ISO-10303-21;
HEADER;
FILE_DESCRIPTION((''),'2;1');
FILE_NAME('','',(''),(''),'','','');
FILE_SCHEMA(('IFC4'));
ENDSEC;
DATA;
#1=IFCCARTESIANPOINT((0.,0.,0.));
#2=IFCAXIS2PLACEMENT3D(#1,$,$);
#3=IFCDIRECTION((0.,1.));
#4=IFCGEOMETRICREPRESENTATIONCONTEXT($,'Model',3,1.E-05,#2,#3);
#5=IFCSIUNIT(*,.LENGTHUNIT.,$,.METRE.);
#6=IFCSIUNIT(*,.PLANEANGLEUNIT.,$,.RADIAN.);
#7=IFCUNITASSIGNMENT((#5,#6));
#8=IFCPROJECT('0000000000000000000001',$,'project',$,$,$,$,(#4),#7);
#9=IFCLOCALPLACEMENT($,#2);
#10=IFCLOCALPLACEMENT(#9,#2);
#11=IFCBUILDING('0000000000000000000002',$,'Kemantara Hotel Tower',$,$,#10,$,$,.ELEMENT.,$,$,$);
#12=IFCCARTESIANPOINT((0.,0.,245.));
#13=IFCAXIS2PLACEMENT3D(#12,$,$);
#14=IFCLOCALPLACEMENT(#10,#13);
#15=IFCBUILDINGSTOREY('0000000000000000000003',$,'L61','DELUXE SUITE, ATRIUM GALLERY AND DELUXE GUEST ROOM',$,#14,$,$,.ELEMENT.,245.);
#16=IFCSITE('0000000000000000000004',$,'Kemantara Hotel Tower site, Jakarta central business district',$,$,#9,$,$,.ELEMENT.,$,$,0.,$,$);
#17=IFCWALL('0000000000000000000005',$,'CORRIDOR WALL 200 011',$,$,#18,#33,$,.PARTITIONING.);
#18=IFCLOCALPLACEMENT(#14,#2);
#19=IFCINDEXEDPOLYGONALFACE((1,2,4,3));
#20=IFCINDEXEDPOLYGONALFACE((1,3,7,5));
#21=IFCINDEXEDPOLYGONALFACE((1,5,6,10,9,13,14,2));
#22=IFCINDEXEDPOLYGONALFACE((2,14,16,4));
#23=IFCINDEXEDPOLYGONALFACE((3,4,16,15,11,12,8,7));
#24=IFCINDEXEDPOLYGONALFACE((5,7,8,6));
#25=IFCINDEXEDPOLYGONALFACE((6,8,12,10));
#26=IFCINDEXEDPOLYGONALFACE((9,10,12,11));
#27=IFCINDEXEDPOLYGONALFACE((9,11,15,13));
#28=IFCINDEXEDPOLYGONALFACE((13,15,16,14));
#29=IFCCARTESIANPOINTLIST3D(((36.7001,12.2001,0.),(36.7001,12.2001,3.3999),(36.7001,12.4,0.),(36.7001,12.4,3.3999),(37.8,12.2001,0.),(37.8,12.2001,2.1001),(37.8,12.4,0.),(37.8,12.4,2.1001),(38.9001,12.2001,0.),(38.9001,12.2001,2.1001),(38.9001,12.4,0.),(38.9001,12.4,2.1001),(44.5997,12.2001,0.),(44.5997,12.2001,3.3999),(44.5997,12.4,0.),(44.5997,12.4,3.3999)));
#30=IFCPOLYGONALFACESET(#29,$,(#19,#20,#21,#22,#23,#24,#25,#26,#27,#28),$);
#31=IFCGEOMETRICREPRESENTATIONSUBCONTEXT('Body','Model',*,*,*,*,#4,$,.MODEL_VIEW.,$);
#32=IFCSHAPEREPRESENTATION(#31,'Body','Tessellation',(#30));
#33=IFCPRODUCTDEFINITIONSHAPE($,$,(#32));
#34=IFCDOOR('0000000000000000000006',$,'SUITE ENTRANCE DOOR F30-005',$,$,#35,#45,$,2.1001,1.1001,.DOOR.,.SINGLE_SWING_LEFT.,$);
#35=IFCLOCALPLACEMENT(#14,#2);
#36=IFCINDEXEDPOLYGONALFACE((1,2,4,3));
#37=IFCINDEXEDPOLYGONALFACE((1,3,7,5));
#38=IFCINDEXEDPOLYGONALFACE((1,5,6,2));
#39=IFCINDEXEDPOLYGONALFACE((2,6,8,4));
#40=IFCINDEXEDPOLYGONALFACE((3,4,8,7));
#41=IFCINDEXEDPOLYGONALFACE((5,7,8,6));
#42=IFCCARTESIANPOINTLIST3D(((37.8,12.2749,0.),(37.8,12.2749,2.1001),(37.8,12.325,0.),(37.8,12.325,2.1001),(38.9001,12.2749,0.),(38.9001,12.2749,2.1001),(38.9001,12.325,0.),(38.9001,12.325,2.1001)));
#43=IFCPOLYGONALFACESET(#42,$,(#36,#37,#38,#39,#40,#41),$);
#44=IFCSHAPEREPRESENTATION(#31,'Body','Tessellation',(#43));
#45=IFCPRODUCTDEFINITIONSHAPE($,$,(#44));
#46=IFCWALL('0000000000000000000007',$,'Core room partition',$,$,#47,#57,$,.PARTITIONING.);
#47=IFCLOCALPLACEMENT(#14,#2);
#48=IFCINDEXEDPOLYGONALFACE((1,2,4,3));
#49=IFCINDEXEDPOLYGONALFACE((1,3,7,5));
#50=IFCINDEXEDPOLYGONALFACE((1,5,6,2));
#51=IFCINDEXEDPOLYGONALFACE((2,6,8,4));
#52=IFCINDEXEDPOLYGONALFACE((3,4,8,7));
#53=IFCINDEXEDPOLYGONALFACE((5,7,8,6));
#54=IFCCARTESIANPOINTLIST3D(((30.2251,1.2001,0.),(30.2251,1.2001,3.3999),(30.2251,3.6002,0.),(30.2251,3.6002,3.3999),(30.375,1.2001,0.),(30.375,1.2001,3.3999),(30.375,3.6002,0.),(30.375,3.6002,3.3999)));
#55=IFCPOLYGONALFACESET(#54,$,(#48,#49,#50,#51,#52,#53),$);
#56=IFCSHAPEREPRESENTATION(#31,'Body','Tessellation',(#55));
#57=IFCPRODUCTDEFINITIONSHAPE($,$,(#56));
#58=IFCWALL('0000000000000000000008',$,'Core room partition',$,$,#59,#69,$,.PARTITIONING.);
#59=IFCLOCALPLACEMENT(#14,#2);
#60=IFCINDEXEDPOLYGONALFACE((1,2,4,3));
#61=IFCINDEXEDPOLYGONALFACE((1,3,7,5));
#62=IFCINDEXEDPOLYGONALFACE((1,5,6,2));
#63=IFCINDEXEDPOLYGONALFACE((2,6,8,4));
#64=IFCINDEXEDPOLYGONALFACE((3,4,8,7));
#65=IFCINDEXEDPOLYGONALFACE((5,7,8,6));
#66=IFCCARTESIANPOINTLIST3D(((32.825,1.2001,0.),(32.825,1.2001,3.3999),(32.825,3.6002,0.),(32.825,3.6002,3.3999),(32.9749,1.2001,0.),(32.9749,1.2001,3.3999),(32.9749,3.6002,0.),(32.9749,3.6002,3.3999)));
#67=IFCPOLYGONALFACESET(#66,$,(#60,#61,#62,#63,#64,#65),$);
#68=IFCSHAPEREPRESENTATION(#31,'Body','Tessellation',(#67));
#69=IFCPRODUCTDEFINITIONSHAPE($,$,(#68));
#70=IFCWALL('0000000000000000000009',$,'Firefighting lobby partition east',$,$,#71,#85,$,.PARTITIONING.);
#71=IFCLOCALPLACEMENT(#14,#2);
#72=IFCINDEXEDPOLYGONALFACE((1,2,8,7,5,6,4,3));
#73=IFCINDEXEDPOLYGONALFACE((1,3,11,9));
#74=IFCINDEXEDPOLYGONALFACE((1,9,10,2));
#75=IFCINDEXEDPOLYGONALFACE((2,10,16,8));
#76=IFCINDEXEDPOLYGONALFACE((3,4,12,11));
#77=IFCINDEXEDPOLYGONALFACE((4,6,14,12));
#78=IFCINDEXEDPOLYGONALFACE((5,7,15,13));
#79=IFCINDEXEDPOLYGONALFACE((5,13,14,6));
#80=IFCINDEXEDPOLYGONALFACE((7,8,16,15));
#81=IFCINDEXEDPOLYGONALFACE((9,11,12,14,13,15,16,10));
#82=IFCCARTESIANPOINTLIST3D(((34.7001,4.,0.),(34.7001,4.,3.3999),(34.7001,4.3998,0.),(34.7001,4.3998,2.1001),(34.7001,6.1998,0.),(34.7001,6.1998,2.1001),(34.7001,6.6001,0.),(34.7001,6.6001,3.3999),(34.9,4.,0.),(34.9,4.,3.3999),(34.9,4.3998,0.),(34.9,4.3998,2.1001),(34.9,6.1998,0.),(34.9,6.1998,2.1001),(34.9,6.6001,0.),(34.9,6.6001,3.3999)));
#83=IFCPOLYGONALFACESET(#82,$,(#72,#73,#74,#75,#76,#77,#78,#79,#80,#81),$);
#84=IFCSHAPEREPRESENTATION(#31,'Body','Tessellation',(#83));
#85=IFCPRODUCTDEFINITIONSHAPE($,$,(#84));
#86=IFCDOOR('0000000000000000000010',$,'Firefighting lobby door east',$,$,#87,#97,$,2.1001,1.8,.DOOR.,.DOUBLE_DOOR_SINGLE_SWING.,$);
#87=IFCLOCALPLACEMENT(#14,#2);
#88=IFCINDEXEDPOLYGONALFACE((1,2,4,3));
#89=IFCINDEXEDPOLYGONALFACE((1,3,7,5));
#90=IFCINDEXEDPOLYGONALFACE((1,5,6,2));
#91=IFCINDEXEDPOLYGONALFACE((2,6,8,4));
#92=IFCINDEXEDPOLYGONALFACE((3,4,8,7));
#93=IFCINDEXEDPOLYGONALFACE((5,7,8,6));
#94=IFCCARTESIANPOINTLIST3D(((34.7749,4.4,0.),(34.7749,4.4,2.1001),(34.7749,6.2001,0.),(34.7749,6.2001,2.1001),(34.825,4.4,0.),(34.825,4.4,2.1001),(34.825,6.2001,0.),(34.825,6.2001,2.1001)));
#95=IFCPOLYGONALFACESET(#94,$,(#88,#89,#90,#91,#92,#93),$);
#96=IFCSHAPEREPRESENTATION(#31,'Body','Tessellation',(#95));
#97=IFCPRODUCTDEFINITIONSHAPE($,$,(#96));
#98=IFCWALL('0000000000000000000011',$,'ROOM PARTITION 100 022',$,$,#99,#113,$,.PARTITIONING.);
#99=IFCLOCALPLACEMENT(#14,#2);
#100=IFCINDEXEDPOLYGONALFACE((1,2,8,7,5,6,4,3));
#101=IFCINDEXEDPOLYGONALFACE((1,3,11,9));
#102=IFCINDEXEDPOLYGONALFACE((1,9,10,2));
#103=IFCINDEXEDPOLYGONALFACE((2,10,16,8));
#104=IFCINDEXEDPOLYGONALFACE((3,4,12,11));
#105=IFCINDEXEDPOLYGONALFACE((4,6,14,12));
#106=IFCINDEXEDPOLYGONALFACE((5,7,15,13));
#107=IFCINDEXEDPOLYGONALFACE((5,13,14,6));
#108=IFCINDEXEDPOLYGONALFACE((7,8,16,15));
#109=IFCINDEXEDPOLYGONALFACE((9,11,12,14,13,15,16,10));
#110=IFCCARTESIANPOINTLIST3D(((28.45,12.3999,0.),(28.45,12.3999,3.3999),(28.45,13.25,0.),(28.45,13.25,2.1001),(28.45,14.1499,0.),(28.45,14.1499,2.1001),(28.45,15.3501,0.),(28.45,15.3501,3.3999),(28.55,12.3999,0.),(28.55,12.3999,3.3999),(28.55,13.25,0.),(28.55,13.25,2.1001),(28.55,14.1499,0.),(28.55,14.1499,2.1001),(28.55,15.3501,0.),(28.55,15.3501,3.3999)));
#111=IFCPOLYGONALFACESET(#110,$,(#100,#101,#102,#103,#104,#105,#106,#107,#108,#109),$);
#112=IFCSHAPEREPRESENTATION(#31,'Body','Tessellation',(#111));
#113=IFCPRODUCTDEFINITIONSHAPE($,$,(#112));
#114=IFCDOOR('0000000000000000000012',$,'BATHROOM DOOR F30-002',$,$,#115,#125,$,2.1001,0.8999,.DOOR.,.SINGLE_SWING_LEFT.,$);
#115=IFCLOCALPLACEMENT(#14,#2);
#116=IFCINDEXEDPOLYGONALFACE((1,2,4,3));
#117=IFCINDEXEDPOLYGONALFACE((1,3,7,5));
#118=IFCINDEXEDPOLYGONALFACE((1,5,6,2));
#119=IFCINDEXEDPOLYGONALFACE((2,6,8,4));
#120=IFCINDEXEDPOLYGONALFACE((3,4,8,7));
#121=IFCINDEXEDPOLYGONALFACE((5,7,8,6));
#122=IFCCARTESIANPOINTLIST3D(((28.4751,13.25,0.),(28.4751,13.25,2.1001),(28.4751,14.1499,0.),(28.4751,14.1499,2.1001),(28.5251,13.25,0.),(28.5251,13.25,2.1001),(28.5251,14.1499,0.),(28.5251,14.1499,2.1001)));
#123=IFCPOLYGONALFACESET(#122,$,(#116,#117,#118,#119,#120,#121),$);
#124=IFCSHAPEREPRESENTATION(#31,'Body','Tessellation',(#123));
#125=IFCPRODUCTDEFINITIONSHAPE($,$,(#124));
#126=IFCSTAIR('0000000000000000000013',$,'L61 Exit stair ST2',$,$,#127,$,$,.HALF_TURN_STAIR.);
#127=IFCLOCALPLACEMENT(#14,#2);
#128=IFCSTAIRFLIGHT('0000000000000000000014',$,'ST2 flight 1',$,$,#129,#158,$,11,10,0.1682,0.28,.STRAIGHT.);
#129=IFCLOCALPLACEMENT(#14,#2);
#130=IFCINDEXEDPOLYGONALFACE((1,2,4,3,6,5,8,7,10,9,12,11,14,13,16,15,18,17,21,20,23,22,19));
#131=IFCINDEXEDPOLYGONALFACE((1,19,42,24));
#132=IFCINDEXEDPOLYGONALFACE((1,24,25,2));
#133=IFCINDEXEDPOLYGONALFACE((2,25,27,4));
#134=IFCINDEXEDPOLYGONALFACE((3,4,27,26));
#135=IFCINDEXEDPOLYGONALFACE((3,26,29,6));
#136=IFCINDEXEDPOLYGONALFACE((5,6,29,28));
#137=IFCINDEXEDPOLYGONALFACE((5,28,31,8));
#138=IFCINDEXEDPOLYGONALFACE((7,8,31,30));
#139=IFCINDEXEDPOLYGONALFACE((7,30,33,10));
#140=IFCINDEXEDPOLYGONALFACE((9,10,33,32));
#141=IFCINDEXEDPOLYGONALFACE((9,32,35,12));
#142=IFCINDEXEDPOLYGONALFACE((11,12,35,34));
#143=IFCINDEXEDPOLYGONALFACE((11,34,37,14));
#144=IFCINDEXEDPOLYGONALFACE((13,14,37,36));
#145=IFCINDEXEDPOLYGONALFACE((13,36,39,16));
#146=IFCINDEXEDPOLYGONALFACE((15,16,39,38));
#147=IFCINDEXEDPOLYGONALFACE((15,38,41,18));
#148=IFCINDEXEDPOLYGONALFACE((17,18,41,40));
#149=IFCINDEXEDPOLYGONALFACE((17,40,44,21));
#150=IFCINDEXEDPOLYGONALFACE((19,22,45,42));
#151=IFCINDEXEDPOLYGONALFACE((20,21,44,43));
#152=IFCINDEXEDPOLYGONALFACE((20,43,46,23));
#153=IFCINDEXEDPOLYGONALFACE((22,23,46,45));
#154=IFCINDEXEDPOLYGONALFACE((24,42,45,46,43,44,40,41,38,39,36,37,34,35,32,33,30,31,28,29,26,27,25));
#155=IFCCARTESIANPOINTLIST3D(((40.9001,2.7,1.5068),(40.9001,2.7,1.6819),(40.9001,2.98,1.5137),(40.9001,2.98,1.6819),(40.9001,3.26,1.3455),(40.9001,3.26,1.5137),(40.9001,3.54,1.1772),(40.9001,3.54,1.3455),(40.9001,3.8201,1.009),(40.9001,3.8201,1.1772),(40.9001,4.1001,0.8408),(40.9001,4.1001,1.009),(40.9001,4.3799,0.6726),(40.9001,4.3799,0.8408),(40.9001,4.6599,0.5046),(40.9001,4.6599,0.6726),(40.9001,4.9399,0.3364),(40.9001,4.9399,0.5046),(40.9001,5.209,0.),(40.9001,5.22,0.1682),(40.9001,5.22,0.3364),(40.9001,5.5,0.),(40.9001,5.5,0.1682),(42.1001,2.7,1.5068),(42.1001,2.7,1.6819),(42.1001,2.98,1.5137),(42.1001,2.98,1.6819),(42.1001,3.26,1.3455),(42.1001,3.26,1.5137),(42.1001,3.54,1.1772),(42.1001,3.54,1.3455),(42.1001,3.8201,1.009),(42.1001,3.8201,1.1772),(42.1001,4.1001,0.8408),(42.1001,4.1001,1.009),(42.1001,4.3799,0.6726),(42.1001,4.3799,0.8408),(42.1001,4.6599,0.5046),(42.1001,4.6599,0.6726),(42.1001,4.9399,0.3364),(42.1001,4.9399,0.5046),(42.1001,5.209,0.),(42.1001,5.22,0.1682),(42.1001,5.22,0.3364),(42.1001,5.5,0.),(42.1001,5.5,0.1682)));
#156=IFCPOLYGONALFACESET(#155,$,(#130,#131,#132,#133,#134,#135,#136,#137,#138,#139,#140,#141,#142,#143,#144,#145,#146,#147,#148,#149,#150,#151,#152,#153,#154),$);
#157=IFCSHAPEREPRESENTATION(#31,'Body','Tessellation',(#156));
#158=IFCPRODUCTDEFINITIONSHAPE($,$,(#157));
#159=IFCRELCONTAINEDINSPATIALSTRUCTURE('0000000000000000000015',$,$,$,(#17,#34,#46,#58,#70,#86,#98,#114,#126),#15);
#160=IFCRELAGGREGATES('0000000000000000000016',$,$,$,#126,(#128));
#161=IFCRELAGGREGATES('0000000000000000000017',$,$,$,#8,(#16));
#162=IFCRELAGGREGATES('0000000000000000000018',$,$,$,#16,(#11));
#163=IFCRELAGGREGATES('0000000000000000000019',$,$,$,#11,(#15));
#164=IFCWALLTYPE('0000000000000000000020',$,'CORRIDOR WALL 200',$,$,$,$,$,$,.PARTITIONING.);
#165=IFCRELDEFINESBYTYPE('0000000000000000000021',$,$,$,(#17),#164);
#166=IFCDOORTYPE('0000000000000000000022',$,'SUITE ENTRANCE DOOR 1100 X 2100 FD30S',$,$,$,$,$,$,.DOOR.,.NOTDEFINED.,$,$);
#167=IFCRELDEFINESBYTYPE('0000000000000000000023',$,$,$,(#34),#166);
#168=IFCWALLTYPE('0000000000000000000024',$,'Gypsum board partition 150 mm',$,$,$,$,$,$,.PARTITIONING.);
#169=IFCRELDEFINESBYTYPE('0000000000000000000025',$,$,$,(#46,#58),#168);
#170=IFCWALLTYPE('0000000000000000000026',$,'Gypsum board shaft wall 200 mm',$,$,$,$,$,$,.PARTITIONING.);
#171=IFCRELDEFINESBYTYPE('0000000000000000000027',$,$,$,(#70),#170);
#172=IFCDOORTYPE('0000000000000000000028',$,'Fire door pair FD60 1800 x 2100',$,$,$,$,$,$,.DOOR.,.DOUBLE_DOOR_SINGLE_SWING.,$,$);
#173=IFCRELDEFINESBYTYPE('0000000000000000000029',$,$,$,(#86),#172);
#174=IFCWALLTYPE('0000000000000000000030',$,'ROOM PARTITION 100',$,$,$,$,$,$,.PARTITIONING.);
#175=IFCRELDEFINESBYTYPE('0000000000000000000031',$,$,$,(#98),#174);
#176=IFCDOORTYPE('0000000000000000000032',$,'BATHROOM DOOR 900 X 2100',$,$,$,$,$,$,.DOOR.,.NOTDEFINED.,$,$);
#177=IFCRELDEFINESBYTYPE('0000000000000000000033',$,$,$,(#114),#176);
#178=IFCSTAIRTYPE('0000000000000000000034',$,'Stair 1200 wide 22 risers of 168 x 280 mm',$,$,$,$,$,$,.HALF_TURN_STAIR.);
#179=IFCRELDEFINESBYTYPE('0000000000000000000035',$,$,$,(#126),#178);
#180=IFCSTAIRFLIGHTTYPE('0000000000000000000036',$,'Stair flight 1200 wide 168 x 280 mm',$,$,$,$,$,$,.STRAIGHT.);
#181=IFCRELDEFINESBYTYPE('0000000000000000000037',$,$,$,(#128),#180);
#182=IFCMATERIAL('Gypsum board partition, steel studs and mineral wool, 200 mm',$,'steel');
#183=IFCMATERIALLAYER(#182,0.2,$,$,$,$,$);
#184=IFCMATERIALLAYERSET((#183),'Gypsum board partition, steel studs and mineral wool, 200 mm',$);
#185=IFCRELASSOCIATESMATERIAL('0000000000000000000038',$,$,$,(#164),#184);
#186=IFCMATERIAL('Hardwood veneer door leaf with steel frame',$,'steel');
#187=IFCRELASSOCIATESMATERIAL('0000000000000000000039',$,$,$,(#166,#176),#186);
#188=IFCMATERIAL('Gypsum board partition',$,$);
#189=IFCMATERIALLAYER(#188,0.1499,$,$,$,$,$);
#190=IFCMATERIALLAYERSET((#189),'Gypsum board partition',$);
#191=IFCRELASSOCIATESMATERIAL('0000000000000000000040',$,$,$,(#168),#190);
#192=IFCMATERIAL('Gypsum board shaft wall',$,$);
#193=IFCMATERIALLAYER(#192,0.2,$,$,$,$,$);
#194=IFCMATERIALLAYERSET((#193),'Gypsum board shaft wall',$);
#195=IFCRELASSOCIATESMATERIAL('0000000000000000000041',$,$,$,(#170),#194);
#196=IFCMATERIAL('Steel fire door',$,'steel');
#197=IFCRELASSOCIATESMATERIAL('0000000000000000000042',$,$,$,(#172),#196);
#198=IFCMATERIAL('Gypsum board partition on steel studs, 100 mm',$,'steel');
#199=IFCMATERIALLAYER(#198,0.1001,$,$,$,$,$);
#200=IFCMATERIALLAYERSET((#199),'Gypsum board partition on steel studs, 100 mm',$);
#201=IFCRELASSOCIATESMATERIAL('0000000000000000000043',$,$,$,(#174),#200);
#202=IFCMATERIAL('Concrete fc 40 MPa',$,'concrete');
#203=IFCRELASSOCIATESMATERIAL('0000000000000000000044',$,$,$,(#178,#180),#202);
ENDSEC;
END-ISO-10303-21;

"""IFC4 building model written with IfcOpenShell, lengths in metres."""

from ifc_helpers import new_model, si_unit, direction, frame, frame_2d, origin, place, context, subcontext, project, spatial, polyline, rectangle, outline, extrude, material, layer, layer_set, type_object, element, fill, aggregate, save


model = new_model("IFC4")

# Units and contexts
model_context = context("Model", 3, precision=1e-05, world=origin(), true_north=direction((0.0, 1.0)))
body_context = subcontext(model_context, "Body", "Model", "MODEL_VIEW")
ifc_project = project(units=[si_unit("LENGTHUNIT", "METRE"), si_unit("PLANEANGLEUNIT", "RADIAN")], contexts=[model_context])

# Site, building, storey
site_placement = place(None, origin())
site = spatial("IfcSite", under=ifc_project, at=site_placement, Name="Kemantara Hotel Tower site, Jakarta central business district", CompositionType="ELEMENT", RefElevation=0.0)
building_placement = place(site_placement, origin())
building = spatial("IfcBuilding", under=site, at=building_placement, Name="Kemantara Hotel Tower", CompositionType="ELEMENT")
storey_placement = place(building_placement, frame((0.0, 0.0, 245.0)))
storey = spatial("IfcBuildingStorey", under=building, at=storey_placement, Name="L61", Description="DELUXE SUITE, ATRIUM GALLERY AND DELUXE GUEST ROOM", CompositionType="ELEMENT", Elevation=245.0)

# Shared definitions
ifc_material_1 = material(Name="Steel fire door", Category="steel")

# Shared definitions
ifc_material_2 = material(Name="Gypsum board partition, steel studs and mineral wool, 200 mm", Category="steel")
ifc_layer_1 = layer(ifc_material_2, 0.2)
ifc_layer_set_1 = layer_set([ifc_layer_1], Name="Gypsum board partition, steel studs and mineral wool, 200 mm")
wall_type_1 = type_object("IfcWallType", Name="CORRIDOR WALL 200", PredefinedType="PARTITIONING", material=ifc_layer_set_1)
ifc_material_3 = material(Name="Hardwood veneer door leaf with steel frame", Category="steel")

# Wall, opening, door
wall_1_placement = place(storey_placement, frame((36.7002, 12.3, 0.0), z_axis=(0.0, 0.0, 1.0), x_axis=(1.0, 0.0, 0.0)))
wall_1 = element("IfcWall", 1, at=wall_1_placement, inside=storey, type_object=wall_type_1, Name="CORRIDOR WALL 200 011", PredefinedType="PARTITIONING", context=body_context, shape_type="SweptSolid", body=[
    extrude(rectangle(XDim=7.8997, YDim=0.2, at=frame_2d((3.9497, 0.0))), origin(), (0.0, 0.0, 1.0), 3.3999),
])
opening_1_placement = place(wall_1_placement, frame((1.0999, 0.0, 0.0)))
opening_1 = element("IfcOpeningElement", 2, at=opening_1_placement, cuts=wall_1, PredefinedType="OPENING", context=body_context, shape_type="SweptSolid", body=[
    extrude(rectangle(XDim=1.1001, YDim=2.1001, at=frame_2d((0.55, 1.05))), frame((0.0, 0.1099, 0.0), z_axis=(0.0, -1.0, 0.0), x_axis=(1.0, 0.0, 0.0)), (0.0, 0.0, 1.0), 0.22),
])
door_type_1 = type_object("IfcDoorType", Name="SUITE ENTRANCE DOOR 1100 X 2100 FD30S", OperationType="NOTDEFINED", PredefinedType="DOOR", material=ifc_material_3)
door_1_placement = place(opening_1_placement, origin())
door_1 = element("IfcDoor", 3, at=door_1_placement, inside=storey, type_object=door_type_1, Name="SUITE ENTRANCE DOOR F30-005", OperationType="SINGLE_SWING_LEFT", OverallHeight=2.1001, OverallWidth=1.1001, PredefinedType="DOOR", context=body_context, shape_type="SweptSolid", body=[
    extrude(rectangle(XDim=1.1001, YDim=2.1001, at=frame_2d((0.55, 1.05))), frame((0.0, 0.0249, 0.0), z_axis=(0.0, -1.0, 0.0), x_axis=(1.0, 0.0, 0.0)), (0.0, 0.0, 1.0), 0.05),
])
fill(opening_1, door_1)

# Walls
ifc_material_4 = material(Name="Gypsum board partition")
ifc_layer_2 = layer(ifc_material_4, 0.1499)
ifc_layer_set_2 = layer_set([ifc_layer_2], Name="Gypsum board partition")
wall_type_2 = type_object("IfcWallType", Name="Gypsum board partition 150 mm", PredefinedType="PARTITIONING", material=ifc_layer_set_2)
for number, where, z_axis, x_axis, name in (
    (4, (30.3, 1.2, 0.0), (0.0, 0.0, 1.0), (0.0, 1.0, 0.0), "Core room partition"),
    (5, (32.8999, 1.2, 0.0), (0.0, 0.0, 1.0), (0.0, 1.0, 0.0), "Core room partition"),
):
    element("IfcWall", number, at=place(storey_placement, frame(where, z_axis=z_axis, x_axis=x_axis)), inside=storey, type_object=wall_type_2, Name=name, PredefinedType="PARTITIONING", context=body_context, shape_type="SweptSolid", body=[
        extrude(rectangle(XDim=2.4001, YDim=0.1499, at=frame_2d((1.2002, 0.0))), origin(), (0.0, 0.0, 1.0), 3.3999),
    ])

# Walls, openings, doors
ifc_material_5 = material(Name="Gypsum board shaft wall")
ifc_layer_3 = layer(ifc_material_5, 0.2)
ifc_layer_set_3 = layer_set([ifc_layer_3], Name="Gypsum board shaft wall")
wall_type_3 = type_object("IfcWallType", Name="Gypsum board shaft wall 200 mm", PredefinedType="PARTITIONING", material=ifc_layer_set_3)
wall_2_placement = place(storey_placement, frame((34.8, 4.0, 0.0), z_axis=(0.0, 0.0, 1.0), x_axis=(0.0, 1.0, 0.0)))
wall_2 = element("IfcWall", 6, at=wall_2_placement, inside=storey, type_object=wall_type_3, Name="Firefighting lobby partition east", PredefinedType="PARTITIONING", context=body_context, shape_type="SweptSolid", body=[
    extrude(rectangle(XDim=2.6001, YDim=0.2, at=frame_2d((1.3, 0.0))), origin(), (0.0, 0.0, 1.0), 3.3999),
])
opening_2_placement = place(wall_2_placement, frame((0.3999, 0.0, 0.0)))
opening_2 = element("IfcOpeningElement", 7, at=opening_2_placement, cuts=wall_2, PredefinedType="OPENING", context=body_context, shape_type="SweptSolid", body=[
    extrude(rectangle(XDim=1.8, YDim=2.1001, at=frame_2d((0.8999, 1.05))), frame((0.0, 0.1099, 0.0), z_axis=(0.0, -1.0, 0.0), x_axis=(1.0, 0.0, 0.0)), (0.0, 0.0, 1.0), 0.22),
])
door_type_2 = type_object("IfcDoorType", Name="Fire door pair FD60 1800 x 2100", OperationType="DOUBLE_DOOR_SINGLE_SWING", PredefinedType="DOOR", material=ifc_material_1)
door_2_placement = place(opening_2_placement, frame((1.8, 0.0, 0.0), z_axis=(0.0, 0.0, 1.0), x_axis=(-1.0, 0.0, 0.0)))
door_2 = element("IfcDoor", 8, at=door_2_placement, inside=storey, type_object=door_type_2, Name="Firefighting lobby door east", OperationType="DOUBLE_DOOR_SINGLE_SWING", OverallHeight=2.1001, OverallWidth=1.8, PredefinedType="DOOR", context=body_context, shape_type="SweptSolid", body=[
    extrude(rectangle(XDim=1.8, YDim=2.1001, at=frame_2d((0.8999, 1.05))), frame((0.0, 0.0249, 0.0), z_axis=(0.0, -1.0, 0.0), x_axis=(1.0, 0.0, 0.0)), (0.0, 0.0, 1.0), 0.05),
])
fill(opening_2, door_2)
ifc_material_6 = material(Name="Gypsum board partition on steel studs, 100 mm", Category="steel")
ifc_layer_4 = layer(ifc_material_6, 0.1001)
ifc_layer_set_4 = layer_set([ifc_layer_4], Name="Gypsum board partition on steel studs, 100 mm")
wall_type_4 = type_object("IfcWallType", Name="ROOM PARTITION 100", PredefinedType="PARTITIONING", material=ifc_layer_set_4)
wall_3_placement = place(storey_placement, frame((28.5, 12.3999, 0.0), z_axis=(0.0, 0.0, 1.0), x_axis=(0.0, 1.0, 0.0)))
wall_3 = element("IfcWall", 9, at=wall_3_placement, inside=storey, type_object=wall_type_4, Name="ROOM PARTITION 100 022", PredefinedType="PARTITIONING", context=body_context, shape_type="SweptSolid", body=[
    extrude(rectangle(XDim=2.9502, YDim=0.1001, at=frame_2d((1.4751, 0.0))), origin(), (0.0, 0.0, 1.0), 3.3999),
])
opening_3_placement = place(wall_3_placement, frame((0.8501, 0.0, 0.0)))
opening_3 = element("IfcOpeningElement", 10, at=opening_3_placement, cuts=wall_3, PredefinedType="OPENING", context=body_context, shape_type="SweptSolid", body=[
    extrude(rectangle(XDim=0.8999, YDim=2.1001, at=frame_2d((0.45, 1.05))), frame((0.0, 0.0601, 0.0), z_axis=(0.0, -1.0, 0.0), x_axis=(1.0, 0.0, 0.0)), (0.0, 0.0, 1.0), 0.1201),
])
door_type_3 = type_object("IfcDoorType", Name="BATHROOM DOOR 900 X 2100", OperationType="NOTDEFINED", PredefinedType="DOOR", material=ifc_material_3)
door_3_placement = place(opening_3_placement, origin())
door_3 = element("IfcDoor", 11, at=door_3_placement, inside=storey, type_object=door_type_3, Name="BATHROOM DOOR F30-002", OperationType="SINGLE_SWING_LEFT", OverallHeight=2.1001, OverallWidth=0.8999, PredefinedType="DOOR", context=body_context, shape_type="SweptSolid", body=[
    extrude(rectangle(XDim=0.8999, YDim=2.1001, at=frame_2d((0.45, 1.05))), frame((0.0, 0.0249, 0.0), z_axis=(0.0, -1.0, 0.0), x_axis=(1.0, 0.0, 0.0)), (0.0, 0.0, 1.0), 0.05),
])
fill(opening_3, door_3)

# Stair, stair flight
ifc_material_7 = material(Name="Concrete fc 40 MPa", Category="concrete")
stair_type = type_object("IfcStairType", Name="Stair 1200 wide 22 risers of 168 x 280 mm", PredefinedType="HALF_TURN_STAIR", material=ifc_material_7)
stair_placement = place(storey_placement, origin())
stair = element("IfcStair", 12, at=stair_placement, inside=storey, type_object=stair_type, Name="L61 Exit stair ST2", PredefinedType="HALF_TURN_STAIR")
stair_flight_type = type_object("IfcStairFlightType", Name="Stair flight 1200 wide 168 x 280 mm", PredefinedType="STRAIGHT", material=ifc_material_7)
stair_flight_placement = place(storey_placement, frame((41.5, 5.5, 0.0), z_axis=(0.0, 0.0, 1.0), x_axis=(0.0, -1.0, 0.0)))
stair_flight = element("IfcStairFlight", 13, at=stair_flight_placement, type_object=stair_flight_type, Name="ST2 flight 1", NumberOfRisers=11, NumberOfTreads=10, PredefinedType="STRAIGHT", RiserHeight=0.1682, TreadLength=0.28, context=body_context, shape_type="SweptSolid", body=[
    extrude(outline(polyline([(0.0, 0.0), (0.0, 0.1682), (0.28, 0.1682), (0.28, 0.3364), (0.5601, 0.3364), (0.5601, 0.5046), (0.8401, 0.5046), (0.8401, 0.6726), (1.1201, 0.6726), (1.1201, 0.8408), (1.3999, 0.8408), (1.3999, 1.009), (1.6799, 1.009), (1.6799, 1.1772), (1.96, 1.1772), (1.96, 1.3455), (2.24, 1.3455), (2.24, 1.5137), (2.52, 1.5137), (2.52, 1.6819), (2.8, 1.6819), (2.8, 1.8501), (2.8, 1.5068), (0.291, 0.0), (0.0, 0.0)])), frame((0.0, 0.6001, 0.0), z_axis=(0.0, -1.0, 0.0), x_axis=(1.0, 0.0, 0.0)), (0.0, 0.0, 1.0), 1.2),
])
aggregate(stair, [stair_flight])

save(model, "model.ifc")
